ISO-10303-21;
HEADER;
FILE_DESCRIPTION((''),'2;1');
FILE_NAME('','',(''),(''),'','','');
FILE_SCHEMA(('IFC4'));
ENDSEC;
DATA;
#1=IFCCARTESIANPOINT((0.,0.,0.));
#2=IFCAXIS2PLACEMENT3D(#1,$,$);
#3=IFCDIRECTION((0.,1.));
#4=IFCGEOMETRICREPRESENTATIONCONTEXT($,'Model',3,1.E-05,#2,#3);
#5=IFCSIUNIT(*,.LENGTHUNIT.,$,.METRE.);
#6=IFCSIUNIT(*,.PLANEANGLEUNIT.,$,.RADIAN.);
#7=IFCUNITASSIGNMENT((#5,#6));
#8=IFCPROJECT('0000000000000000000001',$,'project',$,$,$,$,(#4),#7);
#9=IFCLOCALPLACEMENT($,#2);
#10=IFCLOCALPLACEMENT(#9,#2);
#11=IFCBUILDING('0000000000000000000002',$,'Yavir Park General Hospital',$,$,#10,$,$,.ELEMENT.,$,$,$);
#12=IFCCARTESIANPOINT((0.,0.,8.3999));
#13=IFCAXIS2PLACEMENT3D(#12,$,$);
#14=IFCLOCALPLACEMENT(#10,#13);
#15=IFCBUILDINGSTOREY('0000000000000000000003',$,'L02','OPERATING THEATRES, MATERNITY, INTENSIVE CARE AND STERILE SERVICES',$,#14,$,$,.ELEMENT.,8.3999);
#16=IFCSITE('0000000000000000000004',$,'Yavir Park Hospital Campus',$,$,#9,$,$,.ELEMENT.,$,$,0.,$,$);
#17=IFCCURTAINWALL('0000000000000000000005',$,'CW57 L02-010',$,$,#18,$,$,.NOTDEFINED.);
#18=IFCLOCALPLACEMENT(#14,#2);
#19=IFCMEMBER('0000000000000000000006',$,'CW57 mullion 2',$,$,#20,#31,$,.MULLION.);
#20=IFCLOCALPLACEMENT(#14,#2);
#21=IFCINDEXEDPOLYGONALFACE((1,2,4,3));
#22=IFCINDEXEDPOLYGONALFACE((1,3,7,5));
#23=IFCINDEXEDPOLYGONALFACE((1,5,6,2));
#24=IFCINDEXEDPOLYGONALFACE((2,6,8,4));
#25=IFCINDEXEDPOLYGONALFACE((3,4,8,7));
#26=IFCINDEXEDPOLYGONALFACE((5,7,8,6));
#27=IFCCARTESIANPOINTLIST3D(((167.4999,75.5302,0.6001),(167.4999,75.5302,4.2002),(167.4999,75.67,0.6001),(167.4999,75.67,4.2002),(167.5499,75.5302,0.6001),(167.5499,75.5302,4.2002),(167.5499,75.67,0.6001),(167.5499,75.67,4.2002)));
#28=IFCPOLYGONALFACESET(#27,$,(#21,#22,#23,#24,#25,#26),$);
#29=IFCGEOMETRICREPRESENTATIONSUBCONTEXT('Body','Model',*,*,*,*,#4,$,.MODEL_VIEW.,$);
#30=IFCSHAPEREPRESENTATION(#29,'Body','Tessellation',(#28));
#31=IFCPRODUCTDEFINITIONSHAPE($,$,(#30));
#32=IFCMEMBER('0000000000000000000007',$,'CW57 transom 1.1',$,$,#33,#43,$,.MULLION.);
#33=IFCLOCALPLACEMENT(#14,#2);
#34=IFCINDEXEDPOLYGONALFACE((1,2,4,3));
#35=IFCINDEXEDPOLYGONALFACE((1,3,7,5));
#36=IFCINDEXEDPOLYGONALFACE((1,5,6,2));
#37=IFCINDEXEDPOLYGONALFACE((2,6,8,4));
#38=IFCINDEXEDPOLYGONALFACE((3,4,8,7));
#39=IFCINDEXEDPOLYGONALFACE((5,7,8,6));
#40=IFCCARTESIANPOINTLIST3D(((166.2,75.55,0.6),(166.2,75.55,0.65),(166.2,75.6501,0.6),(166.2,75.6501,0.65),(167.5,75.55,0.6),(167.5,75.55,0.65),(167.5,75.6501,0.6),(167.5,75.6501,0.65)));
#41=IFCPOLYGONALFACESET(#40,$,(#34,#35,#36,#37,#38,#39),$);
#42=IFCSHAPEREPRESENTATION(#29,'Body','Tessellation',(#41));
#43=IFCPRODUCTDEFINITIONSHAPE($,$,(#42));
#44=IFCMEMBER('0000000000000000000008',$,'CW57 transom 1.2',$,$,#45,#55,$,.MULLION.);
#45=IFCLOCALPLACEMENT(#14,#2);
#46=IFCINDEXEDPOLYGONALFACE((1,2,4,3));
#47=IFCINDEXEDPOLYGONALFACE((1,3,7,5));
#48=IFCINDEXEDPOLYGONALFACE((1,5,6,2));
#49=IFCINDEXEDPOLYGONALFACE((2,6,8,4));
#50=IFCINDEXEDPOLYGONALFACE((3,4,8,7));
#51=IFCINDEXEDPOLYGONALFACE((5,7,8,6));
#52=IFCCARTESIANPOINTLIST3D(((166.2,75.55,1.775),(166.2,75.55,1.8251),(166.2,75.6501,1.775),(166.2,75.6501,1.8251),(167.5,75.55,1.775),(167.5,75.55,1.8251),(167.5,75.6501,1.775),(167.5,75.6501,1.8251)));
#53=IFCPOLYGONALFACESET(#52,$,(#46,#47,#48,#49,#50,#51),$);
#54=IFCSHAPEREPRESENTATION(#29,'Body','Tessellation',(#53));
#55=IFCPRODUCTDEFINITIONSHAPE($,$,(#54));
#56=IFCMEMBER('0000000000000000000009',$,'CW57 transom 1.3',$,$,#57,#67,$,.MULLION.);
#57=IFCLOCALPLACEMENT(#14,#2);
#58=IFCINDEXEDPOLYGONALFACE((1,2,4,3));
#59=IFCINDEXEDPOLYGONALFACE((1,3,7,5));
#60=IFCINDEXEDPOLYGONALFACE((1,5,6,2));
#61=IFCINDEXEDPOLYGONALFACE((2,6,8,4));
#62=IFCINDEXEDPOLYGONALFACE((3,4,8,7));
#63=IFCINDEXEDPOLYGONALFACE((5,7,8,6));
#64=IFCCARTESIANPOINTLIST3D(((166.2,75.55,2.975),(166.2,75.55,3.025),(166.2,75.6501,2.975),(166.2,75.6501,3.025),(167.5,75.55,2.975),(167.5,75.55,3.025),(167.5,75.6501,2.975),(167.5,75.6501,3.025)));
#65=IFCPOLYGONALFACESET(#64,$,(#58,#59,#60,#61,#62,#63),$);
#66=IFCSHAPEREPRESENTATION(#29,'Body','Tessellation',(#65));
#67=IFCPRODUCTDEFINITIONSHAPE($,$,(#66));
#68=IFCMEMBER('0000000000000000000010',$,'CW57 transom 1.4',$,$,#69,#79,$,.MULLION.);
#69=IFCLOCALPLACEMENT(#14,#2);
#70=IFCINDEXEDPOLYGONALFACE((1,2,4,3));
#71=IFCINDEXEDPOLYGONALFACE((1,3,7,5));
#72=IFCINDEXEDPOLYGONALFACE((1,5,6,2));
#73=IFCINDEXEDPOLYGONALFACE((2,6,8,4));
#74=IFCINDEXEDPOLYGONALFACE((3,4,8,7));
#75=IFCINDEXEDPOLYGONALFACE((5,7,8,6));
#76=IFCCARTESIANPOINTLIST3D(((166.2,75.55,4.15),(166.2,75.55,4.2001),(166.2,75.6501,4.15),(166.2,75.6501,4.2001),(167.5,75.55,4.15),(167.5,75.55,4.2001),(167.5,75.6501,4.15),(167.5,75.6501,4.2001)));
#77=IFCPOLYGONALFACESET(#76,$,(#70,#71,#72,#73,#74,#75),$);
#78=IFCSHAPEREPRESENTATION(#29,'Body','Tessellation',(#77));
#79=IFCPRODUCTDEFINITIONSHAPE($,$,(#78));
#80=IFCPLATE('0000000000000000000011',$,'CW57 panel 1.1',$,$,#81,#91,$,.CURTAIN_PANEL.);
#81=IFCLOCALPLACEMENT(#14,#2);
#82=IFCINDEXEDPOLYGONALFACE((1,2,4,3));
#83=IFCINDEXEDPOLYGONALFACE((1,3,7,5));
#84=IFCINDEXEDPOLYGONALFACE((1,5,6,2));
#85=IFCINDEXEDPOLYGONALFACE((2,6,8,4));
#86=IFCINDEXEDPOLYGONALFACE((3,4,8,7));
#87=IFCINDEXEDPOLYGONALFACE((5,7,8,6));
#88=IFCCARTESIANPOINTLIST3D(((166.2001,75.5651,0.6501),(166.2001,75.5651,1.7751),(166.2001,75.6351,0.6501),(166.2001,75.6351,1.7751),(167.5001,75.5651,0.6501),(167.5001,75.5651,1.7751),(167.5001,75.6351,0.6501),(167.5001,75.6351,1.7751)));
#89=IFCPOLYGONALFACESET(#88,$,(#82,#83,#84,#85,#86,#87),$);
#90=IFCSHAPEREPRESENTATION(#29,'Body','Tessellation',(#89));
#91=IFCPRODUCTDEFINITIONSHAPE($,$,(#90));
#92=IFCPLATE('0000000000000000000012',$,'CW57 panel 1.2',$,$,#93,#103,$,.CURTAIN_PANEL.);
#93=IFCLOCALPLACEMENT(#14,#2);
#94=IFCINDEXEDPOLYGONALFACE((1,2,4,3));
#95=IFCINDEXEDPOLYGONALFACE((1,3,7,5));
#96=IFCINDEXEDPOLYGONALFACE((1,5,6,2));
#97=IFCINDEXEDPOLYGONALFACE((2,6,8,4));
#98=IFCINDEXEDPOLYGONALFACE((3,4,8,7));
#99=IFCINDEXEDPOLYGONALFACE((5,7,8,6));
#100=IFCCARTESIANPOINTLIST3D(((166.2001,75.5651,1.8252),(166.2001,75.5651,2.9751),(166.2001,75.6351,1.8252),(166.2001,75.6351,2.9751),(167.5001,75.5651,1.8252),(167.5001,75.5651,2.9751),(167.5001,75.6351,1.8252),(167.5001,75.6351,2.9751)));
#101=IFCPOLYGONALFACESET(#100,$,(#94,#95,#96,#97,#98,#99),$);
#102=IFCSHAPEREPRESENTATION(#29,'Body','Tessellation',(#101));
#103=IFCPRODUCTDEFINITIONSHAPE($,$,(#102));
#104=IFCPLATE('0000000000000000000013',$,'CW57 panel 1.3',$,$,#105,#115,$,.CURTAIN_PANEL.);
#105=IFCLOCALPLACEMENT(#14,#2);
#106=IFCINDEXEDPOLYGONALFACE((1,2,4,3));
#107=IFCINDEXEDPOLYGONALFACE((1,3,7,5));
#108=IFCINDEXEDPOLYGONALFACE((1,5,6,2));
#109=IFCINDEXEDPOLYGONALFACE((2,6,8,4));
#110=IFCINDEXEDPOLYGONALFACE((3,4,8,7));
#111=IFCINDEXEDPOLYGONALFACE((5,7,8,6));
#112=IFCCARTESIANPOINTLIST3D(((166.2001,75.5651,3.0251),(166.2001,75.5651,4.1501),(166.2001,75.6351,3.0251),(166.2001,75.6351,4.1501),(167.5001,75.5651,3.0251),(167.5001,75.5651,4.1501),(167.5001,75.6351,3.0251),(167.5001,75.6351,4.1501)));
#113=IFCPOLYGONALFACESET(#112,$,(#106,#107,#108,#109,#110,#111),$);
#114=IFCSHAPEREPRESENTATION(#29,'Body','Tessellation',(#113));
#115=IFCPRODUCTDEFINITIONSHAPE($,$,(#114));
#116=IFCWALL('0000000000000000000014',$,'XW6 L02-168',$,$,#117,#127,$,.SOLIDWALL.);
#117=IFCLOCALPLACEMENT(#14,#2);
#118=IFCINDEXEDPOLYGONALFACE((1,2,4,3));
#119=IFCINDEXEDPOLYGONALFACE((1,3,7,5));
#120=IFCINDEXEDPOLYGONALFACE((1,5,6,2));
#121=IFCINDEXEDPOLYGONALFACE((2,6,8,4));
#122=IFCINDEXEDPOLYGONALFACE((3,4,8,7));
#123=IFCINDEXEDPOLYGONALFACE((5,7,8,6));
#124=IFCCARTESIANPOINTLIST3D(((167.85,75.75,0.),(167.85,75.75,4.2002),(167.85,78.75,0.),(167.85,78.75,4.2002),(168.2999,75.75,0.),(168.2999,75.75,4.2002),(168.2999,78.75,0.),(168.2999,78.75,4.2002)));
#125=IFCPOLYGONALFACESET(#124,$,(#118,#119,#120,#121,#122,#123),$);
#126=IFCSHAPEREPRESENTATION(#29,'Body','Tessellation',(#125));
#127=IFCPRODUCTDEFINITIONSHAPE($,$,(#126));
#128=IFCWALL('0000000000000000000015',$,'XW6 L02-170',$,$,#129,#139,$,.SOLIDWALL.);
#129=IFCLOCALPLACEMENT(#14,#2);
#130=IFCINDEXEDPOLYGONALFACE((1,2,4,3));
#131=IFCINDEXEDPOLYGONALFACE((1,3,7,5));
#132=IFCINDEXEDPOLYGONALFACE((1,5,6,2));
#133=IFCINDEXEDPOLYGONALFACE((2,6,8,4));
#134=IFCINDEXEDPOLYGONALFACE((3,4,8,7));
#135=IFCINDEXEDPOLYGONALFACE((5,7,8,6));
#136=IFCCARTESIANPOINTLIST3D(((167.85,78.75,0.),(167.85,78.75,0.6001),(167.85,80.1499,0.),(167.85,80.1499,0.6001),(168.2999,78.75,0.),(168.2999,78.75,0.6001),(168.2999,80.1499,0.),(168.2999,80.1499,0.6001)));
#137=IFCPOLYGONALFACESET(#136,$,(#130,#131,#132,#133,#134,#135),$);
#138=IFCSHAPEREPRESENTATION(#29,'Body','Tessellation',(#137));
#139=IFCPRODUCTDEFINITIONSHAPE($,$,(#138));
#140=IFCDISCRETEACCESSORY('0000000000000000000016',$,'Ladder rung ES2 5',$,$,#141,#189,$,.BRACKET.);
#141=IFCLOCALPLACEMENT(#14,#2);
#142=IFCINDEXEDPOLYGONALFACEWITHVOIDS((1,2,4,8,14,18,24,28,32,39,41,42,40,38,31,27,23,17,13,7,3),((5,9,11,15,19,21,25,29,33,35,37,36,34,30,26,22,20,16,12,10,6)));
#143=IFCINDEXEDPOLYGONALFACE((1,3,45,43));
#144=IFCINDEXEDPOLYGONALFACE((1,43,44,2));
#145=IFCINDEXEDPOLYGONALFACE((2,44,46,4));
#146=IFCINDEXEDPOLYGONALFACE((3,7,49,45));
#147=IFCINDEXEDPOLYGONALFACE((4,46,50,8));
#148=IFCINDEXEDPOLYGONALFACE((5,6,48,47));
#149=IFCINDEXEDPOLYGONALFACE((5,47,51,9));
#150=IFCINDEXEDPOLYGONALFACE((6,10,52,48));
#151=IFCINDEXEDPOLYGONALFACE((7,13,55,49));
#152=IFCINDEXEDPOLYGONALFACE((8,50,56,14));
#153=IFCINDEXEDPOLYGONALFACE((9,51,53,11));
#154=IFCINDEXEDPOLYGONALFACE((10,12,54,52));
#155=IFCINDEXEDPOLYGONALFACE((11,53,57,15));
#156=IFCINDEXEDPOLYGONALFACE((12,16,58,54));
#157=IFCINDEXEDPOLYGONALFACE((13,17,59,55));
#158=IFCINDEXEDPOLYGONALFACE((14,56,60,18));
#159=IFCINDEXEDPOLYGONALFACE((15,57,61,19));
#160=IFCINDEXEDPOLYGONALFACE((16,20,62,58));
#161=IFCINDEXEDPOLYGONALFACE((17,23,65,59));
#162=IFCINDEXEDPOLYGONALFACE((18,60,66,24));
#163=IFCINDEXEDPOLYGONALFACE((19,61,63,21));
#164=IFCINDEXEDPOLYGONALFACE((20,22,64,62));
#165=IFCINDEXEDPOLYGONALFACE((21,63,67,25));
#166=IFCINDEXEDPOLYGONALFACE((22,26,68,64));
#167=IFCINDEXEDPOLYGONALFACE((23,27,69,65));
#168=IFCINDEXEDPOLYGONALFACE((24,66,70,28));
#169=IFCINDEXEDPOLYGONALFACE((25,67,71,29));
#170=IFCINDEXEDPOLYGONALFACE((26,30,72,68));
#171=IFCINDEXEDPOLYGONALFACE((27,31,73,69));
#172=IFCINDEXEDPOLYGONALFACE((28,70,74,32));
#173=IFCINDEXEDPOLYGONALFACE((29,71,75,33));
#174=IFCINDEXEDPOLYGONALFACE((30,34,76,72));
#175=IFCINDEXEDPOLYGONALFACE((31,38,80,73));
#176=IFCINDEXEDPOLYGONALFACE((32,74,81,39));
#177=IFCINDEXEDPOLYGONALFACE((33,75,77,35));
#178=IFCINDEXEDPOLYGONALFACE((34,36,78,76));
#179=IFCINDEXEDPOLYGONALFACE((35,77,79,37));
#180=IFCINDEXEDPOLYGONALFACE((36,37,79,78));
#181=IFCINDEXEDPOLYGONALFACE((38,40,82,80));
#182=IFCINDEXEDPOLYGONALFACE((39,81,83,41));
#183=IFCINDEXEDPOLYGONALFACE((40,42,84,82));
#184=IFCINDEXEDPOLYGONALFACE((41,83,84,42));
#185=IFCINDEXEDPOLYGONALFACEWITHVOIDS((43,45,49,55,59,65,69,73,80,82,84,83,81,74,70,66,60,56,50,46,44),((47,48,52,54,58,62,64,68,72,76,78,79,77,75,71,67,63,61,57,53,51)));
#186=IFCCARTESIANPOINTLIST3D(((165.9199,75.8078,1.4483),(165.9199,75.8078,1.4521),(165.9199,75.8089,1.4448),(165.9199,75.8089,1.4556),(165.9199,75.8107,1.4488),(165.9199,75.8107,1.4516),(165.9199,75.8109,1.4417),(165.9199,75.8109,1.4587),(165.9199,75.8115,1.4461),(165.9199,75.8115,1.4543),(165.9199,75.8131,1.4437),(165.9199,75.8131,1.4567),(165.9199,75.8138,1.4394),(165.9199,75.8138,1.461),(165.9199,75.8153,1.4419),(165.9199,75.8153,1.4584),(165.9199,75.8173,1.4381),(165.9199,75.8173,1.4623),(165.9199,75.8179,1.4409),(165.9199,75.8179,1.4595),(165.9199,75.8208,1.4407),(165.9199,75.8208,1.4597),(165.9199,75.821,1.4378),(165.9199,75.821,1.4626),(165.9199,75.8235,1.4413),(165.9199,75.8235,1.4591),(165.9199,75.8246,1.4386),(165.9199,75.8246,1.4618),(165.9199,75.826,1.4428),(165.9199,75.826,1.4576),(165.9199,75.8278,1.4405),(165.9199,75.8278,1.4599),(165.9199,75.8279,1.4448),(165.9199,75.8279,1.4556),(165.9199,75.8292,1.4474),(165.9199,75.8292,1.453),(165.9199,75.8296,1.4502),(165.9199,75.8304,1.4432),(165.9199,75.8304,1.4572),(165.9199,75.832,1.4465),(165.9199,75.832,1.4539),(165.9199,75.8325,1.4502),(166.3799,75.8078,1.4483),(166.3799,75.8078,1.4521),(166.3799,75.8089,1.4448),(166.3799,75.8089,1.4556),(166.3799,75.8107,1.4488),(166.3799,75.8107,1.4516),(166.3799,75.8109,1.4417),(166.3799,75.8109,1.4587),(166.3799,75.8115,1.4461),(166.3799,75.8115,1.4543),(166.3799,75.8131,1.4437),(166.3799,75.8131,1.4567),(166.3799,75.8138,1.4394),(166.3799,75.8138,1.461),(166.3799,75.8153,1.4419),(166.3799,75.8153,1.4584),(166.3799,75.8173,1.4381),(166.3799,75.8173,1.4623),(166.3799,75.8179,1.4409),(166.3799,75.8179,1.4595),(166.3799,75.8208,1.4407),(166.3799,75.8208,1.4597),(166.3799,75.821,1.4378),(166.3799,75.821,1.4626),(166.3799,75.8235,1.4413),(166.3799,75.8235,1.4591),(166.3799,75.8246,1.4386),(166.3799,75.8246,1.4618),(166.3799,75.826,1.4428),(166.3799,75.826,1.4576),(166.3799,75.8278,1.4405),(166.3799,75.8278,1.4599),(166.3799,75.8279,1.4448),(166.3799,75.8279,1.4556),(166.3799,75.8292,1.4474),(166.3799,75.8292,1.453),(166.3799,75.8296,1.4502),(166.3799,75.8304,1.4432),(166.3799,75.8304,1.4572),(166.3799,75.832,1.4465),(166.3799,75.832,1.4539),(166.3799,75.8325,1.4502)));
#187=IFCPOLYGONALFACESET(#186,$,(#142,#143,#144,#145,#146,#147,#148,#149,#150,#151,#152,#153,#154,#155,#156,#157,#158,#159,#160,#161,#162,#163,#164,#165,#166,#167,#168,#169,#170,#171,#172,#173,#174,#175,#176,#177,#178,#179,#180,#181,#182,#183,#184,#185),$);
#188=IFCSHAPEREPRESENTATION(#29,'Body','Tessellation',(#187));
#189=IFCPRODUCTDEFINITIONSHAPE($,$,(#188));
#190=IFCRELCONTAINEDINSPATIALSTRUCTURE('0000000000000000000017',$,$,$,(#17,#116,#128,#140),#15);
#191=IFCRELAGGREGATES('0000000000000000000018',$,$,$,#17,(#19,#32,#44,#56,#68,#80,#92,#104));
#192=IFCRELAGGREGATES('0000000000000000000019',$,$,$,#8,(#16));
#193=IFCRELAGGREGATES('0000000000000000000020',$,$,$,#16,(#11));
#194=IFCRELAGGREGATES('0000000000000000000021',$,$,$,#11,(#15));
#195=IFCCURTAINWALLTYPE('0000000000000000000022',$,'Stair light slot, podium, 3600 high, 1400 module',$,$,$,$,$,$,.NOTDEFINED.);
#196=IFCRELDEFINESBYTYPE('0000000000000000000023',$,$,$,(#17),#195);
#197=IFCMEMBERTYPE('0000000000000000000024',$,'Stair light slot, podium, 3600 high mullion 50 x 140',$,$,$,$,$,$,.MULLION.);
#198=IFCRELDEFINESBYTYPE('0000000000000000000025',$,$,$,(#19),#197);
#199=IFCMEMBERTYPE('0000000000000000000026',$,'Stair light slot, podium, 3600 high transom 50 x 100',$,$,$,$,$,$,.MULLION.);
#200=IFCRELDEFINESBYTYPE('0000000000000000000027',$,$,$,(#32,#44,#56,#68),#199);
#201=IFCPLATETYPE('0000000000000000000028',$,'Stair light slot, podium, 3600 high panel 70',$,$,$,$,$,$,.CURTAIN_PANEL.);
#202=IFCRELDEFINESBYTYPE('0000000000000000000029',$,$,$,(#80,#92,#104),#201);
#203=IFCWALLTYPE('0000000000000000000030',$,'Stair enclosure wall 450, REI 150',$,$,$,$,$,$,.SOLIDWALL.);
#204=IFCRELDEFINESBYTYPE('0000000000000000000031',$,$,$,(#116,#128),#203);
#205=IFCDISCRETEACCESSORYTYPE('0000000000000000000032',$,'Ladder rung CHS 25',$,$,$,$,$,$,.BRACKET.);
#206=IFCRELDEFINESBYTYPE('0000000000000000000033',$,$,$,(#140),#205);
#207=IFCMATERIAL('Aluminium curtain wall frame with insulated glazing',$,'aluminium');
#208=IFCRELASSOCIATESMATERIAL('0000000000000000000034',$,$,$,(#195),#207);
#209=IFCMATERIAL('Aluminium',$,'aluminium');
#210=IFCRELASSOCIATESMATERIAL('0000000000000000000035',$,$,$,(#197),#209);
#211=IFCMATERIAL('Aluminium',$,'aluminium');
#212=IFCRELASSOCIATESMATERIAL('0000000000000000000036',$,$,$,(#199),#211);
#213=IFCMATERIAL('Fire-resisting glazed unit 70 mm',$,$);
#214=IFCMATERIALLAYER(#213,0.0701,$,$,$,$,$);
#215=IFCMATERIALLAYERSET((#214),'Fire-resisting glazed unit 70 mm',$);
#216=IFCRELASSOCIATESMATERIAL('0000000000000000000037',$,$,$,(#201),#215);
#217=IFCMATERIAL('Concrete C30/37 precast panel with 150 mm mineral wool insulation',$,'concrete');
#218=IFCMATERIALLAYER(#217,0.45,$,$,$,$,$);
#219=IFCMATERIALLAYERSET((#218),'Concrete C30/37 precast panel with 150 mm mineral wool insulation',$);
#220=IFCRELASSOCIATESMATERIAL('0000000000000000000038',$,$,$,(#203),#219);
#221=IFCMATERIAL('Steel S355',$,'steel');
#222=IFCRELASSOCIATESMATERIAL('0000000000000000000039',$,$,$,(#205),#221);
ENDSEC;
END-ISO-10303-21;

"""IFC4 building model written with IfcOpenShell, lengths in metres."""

from ifc_helpers import new_model, si_unit, direction, frame, frame_2d, origin, origin_2d, place, context, subcontext, project, spatial, rectangle, hollow_circle, extrude, material, layer, layer_set, material_profile, profile_set, type_object, element, aggregate, save


model = new_model("IFC4")

# Units and contexts
model_context = context("Model", 3, precision=1e-05, world=origin(), true_north=direction((0.0, 1.0)))
body_context = subcontext(model_context, "Body", "Model", "MODEL_VIEW")
ifc_project = project(units=[si_unit("LENGTHUNIT", "METRE"), si_unit("PLANEANGLEUNIT", "RADIAN")], contexts=[model_context])

# Site, building, storey
site_placement = place(None, origin())
site = spatial("IfcSite", under=ifc_project, at=site_placement, Name="Yavir Park Hospital Campus", CompositionType="ELEMENT", RefElevation=0.0)
building_placement = place(site_placement, origin())
building = spatial("IfcBuilding", under=site, at=building_placement, Name="Yavir Park General Hospital", CompositionType="ELEMENT")
storey_placement = place(building_placement, frame((0.0, 0.0, 8.3999)))
storey = spatial("IfcBuildingStorey", under=building, at=storey_placement, Name="L02", Description="OPERATING THEATRES, MATERNITY, INTENSIVE CARE AND STERILE SERVICES", CompositionType="ELEMENT", Elevation=8.3999)

# Curtain wall, members, plates
ifc_material_1 = material(Name="Aluminium curtain wall frame with insulated glazing", Category="aluminium")
curtain_wall_type = type_object("IfcCurtainWallType", Name="Stair light slot, podium, 3600 high, 1400 module", PredefinedType="NOTDEFINED", material=ifc_material_1)
curtain_wall_placement = place(storey_placement, origin())
curtain_wall = element("IfcCurtainWall", 1, at=curtain_wall_placement, inside=storey, type_object=curtain_wall_type, Name="CW57 L02-010", PredefinedType="NOTDEFINED")
ifc_material_2 = material(Name="Aluminium", Category="aluminium")
ifc_material_profile_1 = material_profile(ifc_material_2, rectangle(XDim=0.1399, YDim=0.05, at=origin_2d()), Name="AL 50x140")
ifc_profile_set_1 = profile_set([ifc_material_profile_1], Name="Aluminium")
member_type_1 = type_object("IfcMemberType", Name="Stair light slot, podium, 3600 high mullion 50 x 140", PredefinedType="MULLION", material=ifc_profile_set_1)
member_1_placement = place(storey_placement, frame((167.5249, 75.6001, 0.6001), z_axis=(0.0, 0.0, 1.0), x_axis=(0.0, 1.0, 0.0)))
member_1 = element("IfcMember", 2, at=member_1_placement, type_object=member_type_1, Name="CW57 mullion 2", PredefinedType="MULLION", context=body_context, shape_type="SweptSolid", body=[
    extrude(rectangle(XDim=0.1399, YDim=0.05, at=origin_2d()), origin(), (0.0, 0.0, 1.0), 3.6001),
])
ifc_material_3 = material(Name="Aluminium", Category="aluminium")
ifc_material_profile_2 = material_profile(ifc_material_3, rectangle(XDim=0.1001, YDim=0.05, at=origin_2d()), Name="AL 100x50")
ifc_profile_set_2 = profile_set([ifc_material_profile_2], Name="Aluminium")
member_type_2 = type_object("IfcMemberType", Name="Stair light slot, podium, 3600 high transom 50 x 100", PredefinedType="MULLION", material=ifc_profile_set_2)
member_2_placement = place(storey_placement, frame((166.2, 75.6001, 0.625), z_axis=(1.0, 0.0, 0.0), x_axis=(0.0, 1.0, 0.0)))
member_2 = element("IfcMember", 3, at=member_2_placement, type_object=member_type_2, Name="CW57 transom 1.1", PredefinedType="MULLION", context=body_context, shape_type="SweptSolid", body=[
    extrude(rectangle(XDim=0.1001, YDim=0.05, at=origin_2d()), origin(), (0.0, 0.0, 1.0), 1.3),
])
member_3_placement = place(storey_placement, frame((166.2, 75.6001, 1.8), z_axis=(1.0, 0.0, 0.0), x_axis=(0.0, 1.0, 0.0)))
member_3 = element("IfcMember", 4, at=member_3_placement, type_object=member_type_2, Name="CW57 transom 1.2", PredefinedType="MULLION", context=body_context, shape_type="SweptSolid", body=[
    extrude(rectangle(XDim=0.1001, YDim=0.05, at=origin_2d()), origin(), (0.0, 0.0, 1.0), 1.3),
])
member_4_placement = place(storey_placement, frame((166.2, 75.6001, 3.0), z_axis=(1.0, 0.0, 0.0), x_axis=(0.0, 1.0, 0.0)))
member_4 = element("IfcMember", 5, at=member_4_placement, type_object=member_type_2, Name="CW57 transom 1.3", PredefinedType="MULLION", context=body_context, shape_type="SweptSolid", body=[
    extrude(rectangle(XDim=0.1001, YDim=0.05, at=origin_2d()), origin(), (0.0, 0.0, 1.0), 1.3),
])
member_5_placement = place(storey_placement, frame((166.2, 75.6001, 4.175), z_axis=(1.0, 0.0, 0.0), x_axis=(0.0, 1.0, 0.0)))
member_5 = element("IfcMember", 6, at=member_5_placement, type_object=member_type_2, Name="CW57 transom 1.4", PredefinedType="MULLION", context=body_context, shape_type="SweptSolid", body=[
    extrude(rectangle(XDim=0.1001, YDim=0.05, at=origin_2d()), origin(), (0.0, 0.0, 1.0), 1.3),
])
ifc_material_4 = material(Name="Fire-resisting glazed unit 70 mm")
ifc_layer_1 = layer(ifc_material_4, 0.0701)
ifc_layer_set_1 = layer_set([ifc_layer_1], Name="Fire-resisting glazed unit 70 mm")
plate_type = type_object("IfcPlateType", Name="Stair light slot, podium, 3600 high panel 70", PredefinedType="CURTAIN_PANEL", material=ifc_layer_set_1)
plate_1_placement = place(storey_placement, frame((166.8501, 75.6001, 0.6501), z_axis=(0.0, 0.0, 1.0), x_axis=(1.0, 0.0, 0.0)))
plate_1 = element("IfcPlate", 7, at=plate_1_placement, type_object=plate_type, Name="CW57 panel 1.1", PredefinedType="CURTAIN_PANEL", context=body_context, shape_type="SweptSolid", body=[
    extrude(rectangle(XDim=1.3, YDim=0.0701, at=origin_2d()), origin(), (0.0, 0.0, 1.0), 1.125),
])
plate_2_placement = place(storey_placement, frame((166.8501, 75.6001, 1.8252), z_axis=(0.0, 0.0, 1.0), x_axis=(1.0, 0.0, 0.0)))
plate_2 = element("IfcPlate", 8, at=plate_2_placement, type_object=plate_type, Name="CW57 panel 1.2", PredefinedType="CURTAIN_PANEL", context=body_context, shape_type="SweptSolid", body=[
    extrude(rectangle(XDim=1.3, YDim=0.0701, at=origin_2d()), origin(), (0.0, 0.0, 1.0), 1.1499),
])
plate_3_placement = place(storey_placement, frame((166.8501, 75.6001, 3.0251), z_axis=(0.0, 0.0, 1.0), x_axis=(1.0, 0.0, 0.0)))
plate_3 = element("IfcPlate", 9, at=plate_3_placement, type_object=plate_type, Name="CW57 panel 1.3", PredefinedType="CURTAIN_PANEL", context=body_context, shape_type="SweptSolid", body=[
    extrude(rectangle(XDim=1.3, YDim=0.0701, at=origin_2d()), origin(), (0.0, 0.0, 1.0), 1.125),
])
aggregate(curtain_wall, [member_1, member_2, member_3, member_4, member_5, plate_1, plate_2, plate_3])

# Walls
ifc_material_5 = material(Name="Concrete C30/37 precast panel with 150 mm mineral wool insulation", Category="concrete")
ifc_layer_2 = layer(ifc_material_5, 0.45)
ifc_layer_set_2 = layer_set([ifc_layer_2], Name="Concrete C30/37 precast panel with 150 mm mineral wool insulation")
wall_type = type_object("IfcWallType", Name="Stair enclosure wall 450, REI 150", PredefinedType="SOLIDWALL", material=ifc_layer_set_2)
wall_1_placement = place(storey_placement, frame((168.075, 75.75, 0.0), z_axis=(0.0, 0.0, 1.0), x_axis=(0.0, 1.0, 0.0)))
element("IfcWall", 10, at=wall_1_placement, inside=storey, type_object=wall_type, Name="XW6 L02-168", PredefinedType="SOLIDWALL", context=body_context, shape_type="SweptSolid", body=[
    extrude(rectangle(XDim=3.0, YDim=0.45, at=frame_2d((1.5, 0.0))), origin(), (0.0, 0.0, 1.0), 4.2002),
])
wall_2_placement = place(storey_placement, frame((168.075, 78.75, 0.0), z_axis=(0.0, 0.0, 1.0), x_axis=(0.0, 1.0, 0.0)))
element("IfcWall", 11, at=wall_2_placement, inside=storey, type_object=wall_type, Name="XW6 L02-170", PredefinedType="SOLIDWALL", context=body_context, shape_type="SweptSolid", body=[
    extrude(rectangle(XDim=1.3999, YDim=0.45, at=frame_2d((0.7, 0.0))), origin(), (0.0, 0.0, 1.0), 0.6001),
])

# Discrete accessory
ifc_material_6 = material(Name="Steel S355", Category="steel")
ifc_material_profile_3 = material_profile(ifc_material_6, hollow_circle(Radius=0.0125, WallThickness=0.0029, at=origin_2d()), Name="CHS25x3")
ifc_profile_set_3 = profile_set([ifc_material_profile_3], Name="Steel S355")
discrete_accessory_type_1 = type_object("IfcDiscreteAccessoryType", Name="Ladder rung CHS 25", PredefinedType="BRACKET", material=ifc_profile_set_3)
for number, where, z_axis, x_axis, name in (
    (12, (165.9199, 75.8201, 1.4502), (1.0, 0.0, 0.0), (0.0, 1.0, 0.0), "Ladder rung ES2 5"),
):
    element("IfcDiscreteAccessory", number, at=place(storey_placement, frame(where, z_axis=z_axis, x_axis=x_axis)), inside=storey, type_object=discrete_accessory_type_1, Name=name, PredefinedType="BRACKET", context=body_context, shape_type="SweptSolid", body=[
        extrude(hollow_circle(Radius=0.0125, WallThickness=0.0029, at=origin_2d()), origin(), (0.0, 0.0, 1.0), 0.46),
    ])

save(model, "model.ifc")
